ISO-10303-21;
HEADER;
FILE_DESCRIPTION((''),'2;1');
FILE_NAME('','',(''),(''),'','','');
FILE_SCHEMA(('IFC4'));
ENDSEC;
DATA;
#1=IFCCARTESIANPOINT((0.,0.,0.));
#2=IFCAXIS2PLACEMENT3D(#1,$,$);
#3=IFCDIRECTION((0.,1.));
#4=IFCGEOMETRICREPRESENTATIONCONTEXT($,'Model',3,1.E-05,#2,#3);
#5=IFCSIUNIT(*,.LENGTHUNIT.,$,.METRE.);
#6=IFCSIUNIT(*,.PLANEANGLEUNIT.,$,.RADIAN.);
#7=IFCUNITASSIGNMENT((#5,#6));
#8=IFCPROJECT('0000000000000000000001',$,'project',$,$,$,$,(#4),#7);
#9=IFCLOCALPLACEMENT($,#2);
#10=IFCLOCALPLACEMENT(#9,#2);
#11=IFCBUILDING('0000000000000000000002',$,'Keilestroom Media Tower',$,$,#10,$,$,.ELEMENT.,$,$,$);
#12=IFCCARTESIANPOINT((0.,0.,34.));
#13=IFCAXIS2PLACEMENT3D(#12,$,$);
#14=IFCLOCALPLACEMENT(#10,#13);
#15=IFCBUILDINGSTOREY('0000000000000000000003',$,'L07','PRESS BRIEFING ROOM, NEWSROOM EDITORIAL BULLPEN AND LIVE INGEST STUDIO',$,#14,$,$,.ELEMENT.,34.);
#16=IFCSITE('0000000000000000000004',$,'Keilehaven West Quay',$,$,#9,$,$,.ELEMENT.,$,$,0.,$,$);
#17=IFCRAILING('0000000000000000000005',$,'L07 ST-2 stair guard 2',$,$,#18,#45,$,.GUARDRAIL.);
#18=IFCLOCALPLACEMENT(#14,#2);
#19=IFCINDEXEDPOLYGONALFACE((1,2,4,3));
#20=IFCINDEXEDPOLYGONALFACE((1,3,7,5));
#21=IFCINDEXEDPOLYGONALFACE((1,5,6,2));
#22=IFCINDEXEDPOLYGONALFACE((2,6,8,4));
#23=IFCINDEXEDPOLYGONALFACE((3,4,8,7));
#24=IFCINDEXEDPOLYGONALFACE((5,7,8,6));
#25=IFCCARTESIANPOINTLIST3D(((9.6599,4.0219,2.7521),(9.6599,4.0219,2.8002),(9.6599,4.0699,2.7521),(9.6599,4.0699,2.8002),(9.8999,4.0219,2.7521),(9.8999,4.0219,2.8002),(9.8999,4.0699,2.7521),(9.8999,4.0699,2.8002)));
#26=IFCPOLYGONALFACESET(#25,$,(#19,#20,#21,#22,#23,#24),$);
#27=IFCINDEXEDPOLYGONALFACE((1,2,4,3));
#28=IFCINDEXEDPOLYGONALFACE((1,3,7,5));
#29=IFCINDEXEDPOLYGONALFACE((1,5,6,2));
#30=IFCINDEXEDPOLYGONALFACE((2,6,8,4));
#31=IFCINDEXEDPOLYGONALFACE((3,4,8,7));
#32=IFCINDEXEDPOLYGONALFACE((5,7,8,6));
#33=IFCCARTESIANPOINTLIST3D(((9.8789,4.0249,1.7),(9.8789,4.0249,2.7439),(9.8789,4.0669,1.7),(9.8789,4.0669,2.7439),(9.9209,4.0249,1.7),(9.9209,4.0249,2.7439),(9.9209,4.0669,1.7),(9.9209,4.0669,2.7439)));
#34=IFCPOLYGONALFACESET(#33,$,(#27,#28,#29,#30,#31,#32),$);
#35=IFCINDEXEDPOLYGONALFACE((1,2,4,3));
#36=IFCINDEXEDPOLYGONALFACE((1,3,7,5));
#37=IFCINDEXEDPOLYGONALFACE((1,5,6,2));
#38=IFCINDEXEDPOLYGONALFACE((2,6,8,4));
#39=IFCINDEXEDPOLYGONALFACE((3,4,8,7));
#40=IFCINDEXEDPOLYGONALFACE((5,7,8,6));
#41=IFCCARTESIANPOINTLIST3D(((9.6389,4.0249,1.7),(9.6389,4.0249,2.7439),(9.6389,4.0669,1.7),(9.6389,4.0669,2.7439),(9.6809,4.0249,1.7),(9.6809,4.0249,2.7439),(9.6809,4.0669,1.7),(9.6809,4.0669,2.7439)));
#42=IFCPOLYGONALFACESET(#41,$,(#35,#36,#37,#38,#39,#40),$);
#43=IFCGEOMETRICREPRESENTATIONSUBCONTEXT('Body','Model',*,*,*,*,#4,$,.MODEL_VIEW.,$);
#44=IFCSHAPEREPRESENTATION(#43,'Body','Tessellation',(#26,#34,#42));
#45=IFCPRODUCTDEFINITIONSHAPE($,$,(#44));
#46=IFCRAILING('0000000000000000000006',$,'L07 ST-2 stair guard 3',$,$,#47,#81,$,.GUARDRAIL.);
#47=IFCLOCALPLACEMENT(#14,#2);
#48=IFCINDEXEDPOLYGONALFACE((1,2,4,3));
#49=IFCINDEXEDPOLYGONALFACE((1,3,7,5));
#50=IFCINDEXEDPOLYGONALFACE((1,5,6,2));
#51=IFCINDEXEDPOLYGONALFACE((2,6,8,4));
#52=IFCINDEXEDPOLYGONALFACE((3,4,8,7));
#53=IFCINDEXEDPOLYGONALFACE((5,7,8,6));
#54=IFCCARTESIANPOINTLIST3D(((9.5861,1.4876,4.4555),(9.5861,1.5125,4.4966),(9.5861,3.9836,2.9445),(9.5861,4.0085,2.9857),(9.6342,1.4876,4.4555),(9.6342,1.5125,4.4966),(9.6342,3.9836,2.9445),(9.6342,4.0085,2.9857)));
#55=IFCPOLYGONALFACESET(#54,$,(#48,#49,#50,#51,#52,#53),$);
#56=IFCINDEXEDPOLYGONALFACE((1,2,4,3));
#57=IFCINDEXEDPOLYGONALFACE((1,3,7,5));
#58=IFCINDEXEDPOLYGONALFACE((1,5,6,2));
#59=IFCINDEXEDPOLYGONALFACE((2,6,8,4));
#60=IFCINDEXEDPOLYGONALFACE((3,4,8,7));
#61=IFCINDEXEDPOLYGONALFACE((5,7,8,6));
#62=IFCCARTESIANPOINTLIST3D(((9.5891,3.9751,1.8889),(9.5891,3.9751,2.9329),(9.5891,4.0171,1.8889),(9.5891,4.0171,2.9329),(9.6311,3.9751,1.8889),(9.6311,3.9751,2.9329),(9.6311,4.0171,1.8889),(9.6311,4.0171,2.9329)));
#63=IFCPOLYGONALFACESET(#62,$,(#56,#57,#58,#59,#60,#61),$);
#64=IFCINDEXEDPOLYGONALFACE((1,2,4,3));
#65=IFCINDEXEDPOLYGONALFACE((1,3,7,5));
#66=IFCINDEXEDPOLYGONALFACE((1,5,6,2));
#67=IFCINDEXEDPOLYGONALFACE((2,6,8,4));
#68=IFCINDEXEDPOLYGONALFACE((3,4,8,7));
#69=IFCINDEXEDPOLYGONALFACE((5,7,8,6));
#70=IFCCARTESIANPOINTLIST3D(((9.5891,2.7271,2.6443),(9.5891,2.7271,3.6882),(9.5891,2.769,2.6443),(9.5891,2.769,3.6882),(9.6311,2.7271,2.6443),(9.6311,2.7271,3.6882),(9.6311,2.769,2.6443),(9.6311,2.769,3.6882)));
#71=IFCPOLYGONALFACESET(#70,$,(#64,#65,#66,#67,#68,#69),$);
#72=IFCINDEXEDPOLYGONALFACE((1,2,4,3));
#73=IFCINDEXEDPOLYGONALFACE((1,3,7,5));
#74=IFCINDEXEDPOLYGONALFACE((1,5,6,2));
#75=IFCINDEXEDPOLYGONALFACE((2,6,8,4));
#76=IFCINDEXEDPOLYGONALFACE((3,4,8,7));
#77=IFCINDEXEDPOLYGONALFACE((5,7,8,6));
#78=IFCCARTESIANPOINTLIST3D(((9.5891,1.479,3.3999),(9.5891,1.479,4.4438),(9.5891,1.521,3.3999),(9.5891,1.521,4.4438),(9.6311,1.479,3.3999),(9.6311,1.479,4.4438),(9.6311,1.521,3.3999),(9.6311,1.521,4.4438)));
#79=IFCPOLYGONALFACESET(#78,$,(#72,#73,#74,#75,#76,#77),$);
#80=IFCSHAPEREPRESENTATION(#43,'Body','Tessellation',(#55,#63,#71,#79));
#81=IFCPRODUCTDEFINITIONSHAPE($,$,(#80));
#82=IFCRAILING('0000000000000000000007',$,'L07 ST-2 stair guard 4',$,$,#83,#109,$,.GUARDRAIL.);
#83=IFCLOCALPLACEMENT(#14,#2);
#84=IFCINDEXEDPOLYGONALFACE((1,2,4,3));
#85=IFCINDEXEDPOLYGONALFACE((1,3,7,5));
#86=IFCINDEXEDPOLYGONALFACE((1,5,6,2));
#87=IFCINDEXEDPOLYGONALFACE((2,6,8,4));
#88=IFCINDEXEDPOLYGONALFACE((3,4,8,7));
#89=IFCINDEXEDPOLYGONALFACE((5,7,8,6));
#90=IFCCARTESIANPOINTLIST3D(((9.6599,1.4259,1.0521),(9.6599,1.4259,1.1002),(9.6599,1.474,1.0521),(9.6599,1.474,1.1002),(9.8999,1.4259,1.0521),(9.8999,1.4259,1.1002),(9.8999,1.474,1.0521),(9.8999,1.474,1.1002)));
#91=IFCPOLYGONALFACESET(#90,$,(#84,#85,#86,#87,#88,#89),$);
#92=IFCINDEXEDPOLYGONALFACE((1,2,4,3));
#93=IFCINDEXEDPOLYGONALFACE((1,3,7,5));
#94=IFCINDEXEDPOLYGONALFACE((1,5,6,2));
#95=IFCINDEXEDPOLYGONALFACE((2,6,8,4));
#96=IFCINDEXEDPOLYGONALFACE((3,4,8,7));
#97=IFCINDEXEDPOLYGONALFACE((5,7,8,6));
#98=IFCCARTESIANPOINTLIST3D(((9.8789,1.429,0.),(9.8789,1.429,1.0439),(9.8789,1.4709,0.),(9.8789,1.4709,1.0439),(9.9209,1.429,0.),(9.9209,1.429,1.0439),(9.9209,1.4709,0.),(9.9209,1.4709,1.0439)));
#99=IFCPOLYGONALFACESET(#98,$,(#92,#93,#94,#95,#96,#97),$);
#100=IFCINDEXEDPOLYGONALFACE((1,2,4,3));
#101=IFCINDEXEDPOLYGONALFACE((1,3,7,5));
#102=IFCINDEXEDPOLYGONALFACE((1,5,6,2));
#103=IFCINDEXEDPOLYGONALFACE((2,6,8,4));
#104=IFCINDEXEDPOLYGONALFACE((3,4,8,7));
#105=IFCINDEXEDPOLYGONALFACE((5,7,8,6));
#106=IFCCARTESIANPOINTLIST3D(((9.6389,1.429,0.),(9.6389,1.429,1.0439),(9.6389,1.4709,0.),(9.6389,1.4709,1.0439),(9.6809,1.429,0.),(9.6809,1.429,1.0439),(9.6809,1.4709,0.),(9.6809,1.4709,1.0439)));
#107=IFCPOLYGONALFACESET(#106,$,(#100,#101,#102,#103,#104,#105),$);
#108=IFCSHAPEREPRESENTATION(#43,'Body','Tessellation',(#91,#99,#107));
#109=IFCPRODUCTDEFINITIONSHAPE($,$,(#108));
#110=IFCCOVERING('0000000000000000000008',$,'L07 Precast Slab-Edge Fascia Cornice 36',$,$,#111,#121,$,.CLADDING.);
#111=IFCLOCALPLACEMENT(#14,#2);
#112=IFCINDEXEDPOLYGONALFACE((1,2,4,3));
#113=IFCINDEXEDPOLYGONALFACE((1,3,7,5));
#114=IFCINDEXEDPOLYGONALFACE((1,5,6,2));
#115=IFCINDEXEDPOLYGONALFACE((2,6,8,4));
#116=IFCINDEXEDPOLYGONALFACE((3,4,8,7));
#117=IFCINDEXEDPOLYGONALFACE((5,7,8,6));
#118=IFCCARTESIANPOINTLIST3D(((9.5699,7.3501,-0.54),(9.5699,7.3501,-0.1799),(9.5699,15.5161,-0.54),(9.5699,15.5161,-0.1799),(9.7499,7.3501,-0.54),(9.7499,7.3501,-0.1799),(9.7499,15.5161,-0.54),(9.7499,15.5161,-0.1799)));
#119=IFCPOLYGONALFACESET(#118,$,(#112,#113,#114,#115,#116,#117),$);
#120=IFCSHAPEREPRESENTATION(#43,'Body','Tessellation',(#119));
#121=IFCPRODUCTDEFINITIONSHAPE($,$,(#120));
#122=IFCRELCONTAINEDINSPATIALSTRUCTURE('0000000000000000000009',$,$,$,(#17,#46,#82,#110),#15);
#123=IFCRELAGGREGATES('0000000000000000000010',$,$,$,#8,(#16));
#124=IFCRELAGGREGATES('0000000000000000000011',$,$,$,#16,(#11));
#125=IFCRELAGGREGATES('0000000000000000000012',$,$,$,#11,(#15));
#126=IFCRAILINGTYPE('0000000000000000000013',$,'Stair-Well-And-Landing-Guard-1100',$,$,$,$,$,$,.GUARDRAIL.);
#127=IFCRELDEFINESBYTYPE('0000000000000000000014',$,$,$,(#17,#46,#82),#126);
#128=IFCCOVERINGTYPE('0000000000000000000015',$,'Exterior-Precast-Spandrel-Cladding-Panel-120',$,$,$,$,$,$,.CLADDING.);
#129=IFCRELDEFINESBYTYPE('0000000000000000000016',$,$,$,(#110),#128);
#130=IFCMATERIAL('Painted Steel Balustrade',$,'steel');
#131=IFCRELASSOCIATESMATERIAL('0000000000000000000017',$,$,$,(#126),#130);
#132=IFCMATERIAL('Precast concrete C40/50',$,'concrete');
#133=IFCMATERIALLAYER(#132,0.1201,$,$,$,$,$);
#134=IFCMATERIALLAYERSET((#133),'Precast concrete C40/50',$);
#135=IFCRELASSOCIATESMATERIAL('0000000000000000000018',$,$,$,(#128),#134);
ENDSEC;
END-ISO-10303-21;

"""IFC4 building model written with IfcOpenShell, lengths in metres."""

from ifc_helpers import new_model, si_unit, direction, frame, origin, origin_2d, place, context, subcontext, project, spatial, rectangle, extrude, source, transform, mapped, material, layer, layer_set, type_object, element, save


model = new_model("IFC4")

# Units and contexts
model_context = context("Model", 3, precision=1e-05, world=origin(), true_north=direction((0.0, 1.0)))
body_context = subcontext(model_context, "Body", "Model", "MODEL_VIEW")
ifc_project = project(units=[si_unit("LENGTHUNIT", "METRE"), si_unit("PLANEANGLEUNIT", "RADIAN")], contexts=[model_context])

# Site, building, storey
site_placement = place(None, origin())
site = spatial("IfcSite", under=ifc_project, at=site_placement, Name="Keilehaven West Quay", CompositionType="ELEMENT", RefElevation=0.0)
building_placement = place(site_placement, origin())
building = spatial("IfcBuilding", under=site, at=building_placement, Name="Keilestroom Media Tower", CompositionType="ELEMENT")
storey_placement = place(building_placement, frame((0.0, 0.0, 34.0)))
storey = spatial("IfcBuildingStorey", under=building, at=storey_placement, Name="L07", Description="PRESS BRIEFING ROOM, NEWSROOM EDITORIAL BULLPEN AND LIVE INGEST STUDIO", CompositionType="ELEMENT", Elevation=34.0)

# Shared definitions
ifc_material_1 = material(Name="Precast concrete C40/50", Category="concrete")

# Railings
ifc_material_2 = material(Name="Painted Steel Balustrade", Category="steel")
railing_type_1 = type_object("IfcRailingType", Name="Stair-Well-And-Landing-Guard-1100", PredefinedType="GUARDRAIL", material=ifc_material_2)
railing_1_placement = place(storey_placement, frame((9.8999, 4.0459, 1.7)))
element("IfcRailing", 1, at=railing_1_placement, inside=storey, type_object=railing_type_1, Name="L07 ST-2 stair guard 2", PredefinedType="GUARDRAIL", context=body_context, shape_type="SweptSolid", body=[
    extrude(rectangle(XDim=0.0481, YDim=0.0481, at=origin_2d()), frame((0.0, 0.0, 1.0762), z_axis=(-1.0, 0.0, 0.0), x_axis=(0.0, -1.0, 0.0)), (0.0, 0.0, 1.0), 0.24),
    extrude(rectangle(XDim=0.042, YDim=0.042, at=origin_2d()), origin(), (0.0, 0.0, 1.0), 1.0439),
    extrude(rectangle(XDim=0.042, YDim=0.042, at=origin_2d()), frame((-0.24, 0.0, 0.0)), (0.0, 0.0, 1.0), 1.0439),
])
railing_2_placement = place(storey_placement, frame((9.6101, 3.9961, 1.8889)))
element("IfcRailing", 2, at=railing_2_placement, inside=storey, type_object=railing_type_1, Name="L07 ST-2 stair guard 3", PredefinedType="GUARDRAIL", context=body_context, shape_type="SweptSolid", body=[
    extrude(rectangle(XDim=0.0481, YDim=0.0481, at=origin_2d()), frame((0.0, 0.0, 1.0762), z_axis=(0.0, -0.855471, 0.517851), x_axis=(1.0, 0.0, 0.0)), (0.0, 0.0, 1.0), 2.9177),
    extrude(rectangle(XDim=0.042, YDim=0.042, at=origin_2d()), origin(), (0.0, 0.0, 1.0), 1.0439),
    extrude(rectangle(XDim=0.042, YDim=0.042, at=origin_2d()), frame((0.0, -1.248, 0.7554)), (0.0, 0.0, 1.0), 1.0439),
    extrude(rectangle(XDim=0.042, YDim=0.042, at=origin_2d()), frame((0.0, -2.4961, 1.511)), (0.0, 0.0, 1.0), 1.0439),
])
railing_3_placement = place(storey_placement, frame((9.8999, 1.45, 0.0)))
element("IfcRailing", 3, at=railing_3_placement, inside=storey, type_object=railing_type_1, Name="L07 ST-2 stair guard 4", PredefinedType="GUARDRAIL", context=body_context, shape_type="SweptSolid", body=[
    extrude(rectangle(XDim=0.0481, YDim=0.0481, at=origin_2d()), frame((0.0, 0.0, 1.0762), z_axis=(-1.0, 0.0, 0.0), x_axis=(0.0, -1.0, 0.0)), (0.0, 0.0, 1.0), 0.24),
    extrude(rectangle(XDim=0.042, YDim=0.042, at=origin_2d()), origin(), (0.0, 0.0, 1.0), 1.0439),
    extrude(rectangle(XDim=0.042, YDim=0.042, at=origin_2d()), frame((-0.24, 0.0, 0.0)), (0.0, 0.0, 1.0), 1.0439),
])

# Covering
ifc_layer_1 = layer(ifc_material_1, 0.1201)
ifc_layer_set_1 = layer_set([ifc_layer_1], Name="Precast concrete C40/50")
covering_type = type_object("IfcCoveringType", Name="Exterior-Precast-Spandrel-Cladding-Panel-120", PredefinedType="CLADDING", material=ifc_layer_set_1)
shared_shape_1 = source(origin(), body_context, "Body", "SweptSolid", [
    extrude(rectangle(XDim=8.166, YDim=0.1799, at=origin_2d()), origin(), (0.0, 0.0, 1.0), 0.3601),
])
covering_placement = place(storey_placement, frame((9.6599, 11.4331, -0.54), z_axis=(0.0, 0.0, 1.0), x_axis=(0.0, -1.0, 0.0)))
element("IfcCovering", 4, at=covering_placement, inside=storey, type_object=covering_type, Name="L07 Precast Slab-Edge Fascia Cornice 36", PredefinedType="CLADDING", context=body_context, shape_type="MappedRepresentation", body=[
    mapped(shared_shape_1, transform((0.0, 0.0, 0.0), x_axis=(1.0, 0.0, 0.0), y_axis=(0.0, 1.0, 0.0), z_axis=(0.0, 0.0, 1.0), scale=1.0)),
])

save(model, "model.ifc")
